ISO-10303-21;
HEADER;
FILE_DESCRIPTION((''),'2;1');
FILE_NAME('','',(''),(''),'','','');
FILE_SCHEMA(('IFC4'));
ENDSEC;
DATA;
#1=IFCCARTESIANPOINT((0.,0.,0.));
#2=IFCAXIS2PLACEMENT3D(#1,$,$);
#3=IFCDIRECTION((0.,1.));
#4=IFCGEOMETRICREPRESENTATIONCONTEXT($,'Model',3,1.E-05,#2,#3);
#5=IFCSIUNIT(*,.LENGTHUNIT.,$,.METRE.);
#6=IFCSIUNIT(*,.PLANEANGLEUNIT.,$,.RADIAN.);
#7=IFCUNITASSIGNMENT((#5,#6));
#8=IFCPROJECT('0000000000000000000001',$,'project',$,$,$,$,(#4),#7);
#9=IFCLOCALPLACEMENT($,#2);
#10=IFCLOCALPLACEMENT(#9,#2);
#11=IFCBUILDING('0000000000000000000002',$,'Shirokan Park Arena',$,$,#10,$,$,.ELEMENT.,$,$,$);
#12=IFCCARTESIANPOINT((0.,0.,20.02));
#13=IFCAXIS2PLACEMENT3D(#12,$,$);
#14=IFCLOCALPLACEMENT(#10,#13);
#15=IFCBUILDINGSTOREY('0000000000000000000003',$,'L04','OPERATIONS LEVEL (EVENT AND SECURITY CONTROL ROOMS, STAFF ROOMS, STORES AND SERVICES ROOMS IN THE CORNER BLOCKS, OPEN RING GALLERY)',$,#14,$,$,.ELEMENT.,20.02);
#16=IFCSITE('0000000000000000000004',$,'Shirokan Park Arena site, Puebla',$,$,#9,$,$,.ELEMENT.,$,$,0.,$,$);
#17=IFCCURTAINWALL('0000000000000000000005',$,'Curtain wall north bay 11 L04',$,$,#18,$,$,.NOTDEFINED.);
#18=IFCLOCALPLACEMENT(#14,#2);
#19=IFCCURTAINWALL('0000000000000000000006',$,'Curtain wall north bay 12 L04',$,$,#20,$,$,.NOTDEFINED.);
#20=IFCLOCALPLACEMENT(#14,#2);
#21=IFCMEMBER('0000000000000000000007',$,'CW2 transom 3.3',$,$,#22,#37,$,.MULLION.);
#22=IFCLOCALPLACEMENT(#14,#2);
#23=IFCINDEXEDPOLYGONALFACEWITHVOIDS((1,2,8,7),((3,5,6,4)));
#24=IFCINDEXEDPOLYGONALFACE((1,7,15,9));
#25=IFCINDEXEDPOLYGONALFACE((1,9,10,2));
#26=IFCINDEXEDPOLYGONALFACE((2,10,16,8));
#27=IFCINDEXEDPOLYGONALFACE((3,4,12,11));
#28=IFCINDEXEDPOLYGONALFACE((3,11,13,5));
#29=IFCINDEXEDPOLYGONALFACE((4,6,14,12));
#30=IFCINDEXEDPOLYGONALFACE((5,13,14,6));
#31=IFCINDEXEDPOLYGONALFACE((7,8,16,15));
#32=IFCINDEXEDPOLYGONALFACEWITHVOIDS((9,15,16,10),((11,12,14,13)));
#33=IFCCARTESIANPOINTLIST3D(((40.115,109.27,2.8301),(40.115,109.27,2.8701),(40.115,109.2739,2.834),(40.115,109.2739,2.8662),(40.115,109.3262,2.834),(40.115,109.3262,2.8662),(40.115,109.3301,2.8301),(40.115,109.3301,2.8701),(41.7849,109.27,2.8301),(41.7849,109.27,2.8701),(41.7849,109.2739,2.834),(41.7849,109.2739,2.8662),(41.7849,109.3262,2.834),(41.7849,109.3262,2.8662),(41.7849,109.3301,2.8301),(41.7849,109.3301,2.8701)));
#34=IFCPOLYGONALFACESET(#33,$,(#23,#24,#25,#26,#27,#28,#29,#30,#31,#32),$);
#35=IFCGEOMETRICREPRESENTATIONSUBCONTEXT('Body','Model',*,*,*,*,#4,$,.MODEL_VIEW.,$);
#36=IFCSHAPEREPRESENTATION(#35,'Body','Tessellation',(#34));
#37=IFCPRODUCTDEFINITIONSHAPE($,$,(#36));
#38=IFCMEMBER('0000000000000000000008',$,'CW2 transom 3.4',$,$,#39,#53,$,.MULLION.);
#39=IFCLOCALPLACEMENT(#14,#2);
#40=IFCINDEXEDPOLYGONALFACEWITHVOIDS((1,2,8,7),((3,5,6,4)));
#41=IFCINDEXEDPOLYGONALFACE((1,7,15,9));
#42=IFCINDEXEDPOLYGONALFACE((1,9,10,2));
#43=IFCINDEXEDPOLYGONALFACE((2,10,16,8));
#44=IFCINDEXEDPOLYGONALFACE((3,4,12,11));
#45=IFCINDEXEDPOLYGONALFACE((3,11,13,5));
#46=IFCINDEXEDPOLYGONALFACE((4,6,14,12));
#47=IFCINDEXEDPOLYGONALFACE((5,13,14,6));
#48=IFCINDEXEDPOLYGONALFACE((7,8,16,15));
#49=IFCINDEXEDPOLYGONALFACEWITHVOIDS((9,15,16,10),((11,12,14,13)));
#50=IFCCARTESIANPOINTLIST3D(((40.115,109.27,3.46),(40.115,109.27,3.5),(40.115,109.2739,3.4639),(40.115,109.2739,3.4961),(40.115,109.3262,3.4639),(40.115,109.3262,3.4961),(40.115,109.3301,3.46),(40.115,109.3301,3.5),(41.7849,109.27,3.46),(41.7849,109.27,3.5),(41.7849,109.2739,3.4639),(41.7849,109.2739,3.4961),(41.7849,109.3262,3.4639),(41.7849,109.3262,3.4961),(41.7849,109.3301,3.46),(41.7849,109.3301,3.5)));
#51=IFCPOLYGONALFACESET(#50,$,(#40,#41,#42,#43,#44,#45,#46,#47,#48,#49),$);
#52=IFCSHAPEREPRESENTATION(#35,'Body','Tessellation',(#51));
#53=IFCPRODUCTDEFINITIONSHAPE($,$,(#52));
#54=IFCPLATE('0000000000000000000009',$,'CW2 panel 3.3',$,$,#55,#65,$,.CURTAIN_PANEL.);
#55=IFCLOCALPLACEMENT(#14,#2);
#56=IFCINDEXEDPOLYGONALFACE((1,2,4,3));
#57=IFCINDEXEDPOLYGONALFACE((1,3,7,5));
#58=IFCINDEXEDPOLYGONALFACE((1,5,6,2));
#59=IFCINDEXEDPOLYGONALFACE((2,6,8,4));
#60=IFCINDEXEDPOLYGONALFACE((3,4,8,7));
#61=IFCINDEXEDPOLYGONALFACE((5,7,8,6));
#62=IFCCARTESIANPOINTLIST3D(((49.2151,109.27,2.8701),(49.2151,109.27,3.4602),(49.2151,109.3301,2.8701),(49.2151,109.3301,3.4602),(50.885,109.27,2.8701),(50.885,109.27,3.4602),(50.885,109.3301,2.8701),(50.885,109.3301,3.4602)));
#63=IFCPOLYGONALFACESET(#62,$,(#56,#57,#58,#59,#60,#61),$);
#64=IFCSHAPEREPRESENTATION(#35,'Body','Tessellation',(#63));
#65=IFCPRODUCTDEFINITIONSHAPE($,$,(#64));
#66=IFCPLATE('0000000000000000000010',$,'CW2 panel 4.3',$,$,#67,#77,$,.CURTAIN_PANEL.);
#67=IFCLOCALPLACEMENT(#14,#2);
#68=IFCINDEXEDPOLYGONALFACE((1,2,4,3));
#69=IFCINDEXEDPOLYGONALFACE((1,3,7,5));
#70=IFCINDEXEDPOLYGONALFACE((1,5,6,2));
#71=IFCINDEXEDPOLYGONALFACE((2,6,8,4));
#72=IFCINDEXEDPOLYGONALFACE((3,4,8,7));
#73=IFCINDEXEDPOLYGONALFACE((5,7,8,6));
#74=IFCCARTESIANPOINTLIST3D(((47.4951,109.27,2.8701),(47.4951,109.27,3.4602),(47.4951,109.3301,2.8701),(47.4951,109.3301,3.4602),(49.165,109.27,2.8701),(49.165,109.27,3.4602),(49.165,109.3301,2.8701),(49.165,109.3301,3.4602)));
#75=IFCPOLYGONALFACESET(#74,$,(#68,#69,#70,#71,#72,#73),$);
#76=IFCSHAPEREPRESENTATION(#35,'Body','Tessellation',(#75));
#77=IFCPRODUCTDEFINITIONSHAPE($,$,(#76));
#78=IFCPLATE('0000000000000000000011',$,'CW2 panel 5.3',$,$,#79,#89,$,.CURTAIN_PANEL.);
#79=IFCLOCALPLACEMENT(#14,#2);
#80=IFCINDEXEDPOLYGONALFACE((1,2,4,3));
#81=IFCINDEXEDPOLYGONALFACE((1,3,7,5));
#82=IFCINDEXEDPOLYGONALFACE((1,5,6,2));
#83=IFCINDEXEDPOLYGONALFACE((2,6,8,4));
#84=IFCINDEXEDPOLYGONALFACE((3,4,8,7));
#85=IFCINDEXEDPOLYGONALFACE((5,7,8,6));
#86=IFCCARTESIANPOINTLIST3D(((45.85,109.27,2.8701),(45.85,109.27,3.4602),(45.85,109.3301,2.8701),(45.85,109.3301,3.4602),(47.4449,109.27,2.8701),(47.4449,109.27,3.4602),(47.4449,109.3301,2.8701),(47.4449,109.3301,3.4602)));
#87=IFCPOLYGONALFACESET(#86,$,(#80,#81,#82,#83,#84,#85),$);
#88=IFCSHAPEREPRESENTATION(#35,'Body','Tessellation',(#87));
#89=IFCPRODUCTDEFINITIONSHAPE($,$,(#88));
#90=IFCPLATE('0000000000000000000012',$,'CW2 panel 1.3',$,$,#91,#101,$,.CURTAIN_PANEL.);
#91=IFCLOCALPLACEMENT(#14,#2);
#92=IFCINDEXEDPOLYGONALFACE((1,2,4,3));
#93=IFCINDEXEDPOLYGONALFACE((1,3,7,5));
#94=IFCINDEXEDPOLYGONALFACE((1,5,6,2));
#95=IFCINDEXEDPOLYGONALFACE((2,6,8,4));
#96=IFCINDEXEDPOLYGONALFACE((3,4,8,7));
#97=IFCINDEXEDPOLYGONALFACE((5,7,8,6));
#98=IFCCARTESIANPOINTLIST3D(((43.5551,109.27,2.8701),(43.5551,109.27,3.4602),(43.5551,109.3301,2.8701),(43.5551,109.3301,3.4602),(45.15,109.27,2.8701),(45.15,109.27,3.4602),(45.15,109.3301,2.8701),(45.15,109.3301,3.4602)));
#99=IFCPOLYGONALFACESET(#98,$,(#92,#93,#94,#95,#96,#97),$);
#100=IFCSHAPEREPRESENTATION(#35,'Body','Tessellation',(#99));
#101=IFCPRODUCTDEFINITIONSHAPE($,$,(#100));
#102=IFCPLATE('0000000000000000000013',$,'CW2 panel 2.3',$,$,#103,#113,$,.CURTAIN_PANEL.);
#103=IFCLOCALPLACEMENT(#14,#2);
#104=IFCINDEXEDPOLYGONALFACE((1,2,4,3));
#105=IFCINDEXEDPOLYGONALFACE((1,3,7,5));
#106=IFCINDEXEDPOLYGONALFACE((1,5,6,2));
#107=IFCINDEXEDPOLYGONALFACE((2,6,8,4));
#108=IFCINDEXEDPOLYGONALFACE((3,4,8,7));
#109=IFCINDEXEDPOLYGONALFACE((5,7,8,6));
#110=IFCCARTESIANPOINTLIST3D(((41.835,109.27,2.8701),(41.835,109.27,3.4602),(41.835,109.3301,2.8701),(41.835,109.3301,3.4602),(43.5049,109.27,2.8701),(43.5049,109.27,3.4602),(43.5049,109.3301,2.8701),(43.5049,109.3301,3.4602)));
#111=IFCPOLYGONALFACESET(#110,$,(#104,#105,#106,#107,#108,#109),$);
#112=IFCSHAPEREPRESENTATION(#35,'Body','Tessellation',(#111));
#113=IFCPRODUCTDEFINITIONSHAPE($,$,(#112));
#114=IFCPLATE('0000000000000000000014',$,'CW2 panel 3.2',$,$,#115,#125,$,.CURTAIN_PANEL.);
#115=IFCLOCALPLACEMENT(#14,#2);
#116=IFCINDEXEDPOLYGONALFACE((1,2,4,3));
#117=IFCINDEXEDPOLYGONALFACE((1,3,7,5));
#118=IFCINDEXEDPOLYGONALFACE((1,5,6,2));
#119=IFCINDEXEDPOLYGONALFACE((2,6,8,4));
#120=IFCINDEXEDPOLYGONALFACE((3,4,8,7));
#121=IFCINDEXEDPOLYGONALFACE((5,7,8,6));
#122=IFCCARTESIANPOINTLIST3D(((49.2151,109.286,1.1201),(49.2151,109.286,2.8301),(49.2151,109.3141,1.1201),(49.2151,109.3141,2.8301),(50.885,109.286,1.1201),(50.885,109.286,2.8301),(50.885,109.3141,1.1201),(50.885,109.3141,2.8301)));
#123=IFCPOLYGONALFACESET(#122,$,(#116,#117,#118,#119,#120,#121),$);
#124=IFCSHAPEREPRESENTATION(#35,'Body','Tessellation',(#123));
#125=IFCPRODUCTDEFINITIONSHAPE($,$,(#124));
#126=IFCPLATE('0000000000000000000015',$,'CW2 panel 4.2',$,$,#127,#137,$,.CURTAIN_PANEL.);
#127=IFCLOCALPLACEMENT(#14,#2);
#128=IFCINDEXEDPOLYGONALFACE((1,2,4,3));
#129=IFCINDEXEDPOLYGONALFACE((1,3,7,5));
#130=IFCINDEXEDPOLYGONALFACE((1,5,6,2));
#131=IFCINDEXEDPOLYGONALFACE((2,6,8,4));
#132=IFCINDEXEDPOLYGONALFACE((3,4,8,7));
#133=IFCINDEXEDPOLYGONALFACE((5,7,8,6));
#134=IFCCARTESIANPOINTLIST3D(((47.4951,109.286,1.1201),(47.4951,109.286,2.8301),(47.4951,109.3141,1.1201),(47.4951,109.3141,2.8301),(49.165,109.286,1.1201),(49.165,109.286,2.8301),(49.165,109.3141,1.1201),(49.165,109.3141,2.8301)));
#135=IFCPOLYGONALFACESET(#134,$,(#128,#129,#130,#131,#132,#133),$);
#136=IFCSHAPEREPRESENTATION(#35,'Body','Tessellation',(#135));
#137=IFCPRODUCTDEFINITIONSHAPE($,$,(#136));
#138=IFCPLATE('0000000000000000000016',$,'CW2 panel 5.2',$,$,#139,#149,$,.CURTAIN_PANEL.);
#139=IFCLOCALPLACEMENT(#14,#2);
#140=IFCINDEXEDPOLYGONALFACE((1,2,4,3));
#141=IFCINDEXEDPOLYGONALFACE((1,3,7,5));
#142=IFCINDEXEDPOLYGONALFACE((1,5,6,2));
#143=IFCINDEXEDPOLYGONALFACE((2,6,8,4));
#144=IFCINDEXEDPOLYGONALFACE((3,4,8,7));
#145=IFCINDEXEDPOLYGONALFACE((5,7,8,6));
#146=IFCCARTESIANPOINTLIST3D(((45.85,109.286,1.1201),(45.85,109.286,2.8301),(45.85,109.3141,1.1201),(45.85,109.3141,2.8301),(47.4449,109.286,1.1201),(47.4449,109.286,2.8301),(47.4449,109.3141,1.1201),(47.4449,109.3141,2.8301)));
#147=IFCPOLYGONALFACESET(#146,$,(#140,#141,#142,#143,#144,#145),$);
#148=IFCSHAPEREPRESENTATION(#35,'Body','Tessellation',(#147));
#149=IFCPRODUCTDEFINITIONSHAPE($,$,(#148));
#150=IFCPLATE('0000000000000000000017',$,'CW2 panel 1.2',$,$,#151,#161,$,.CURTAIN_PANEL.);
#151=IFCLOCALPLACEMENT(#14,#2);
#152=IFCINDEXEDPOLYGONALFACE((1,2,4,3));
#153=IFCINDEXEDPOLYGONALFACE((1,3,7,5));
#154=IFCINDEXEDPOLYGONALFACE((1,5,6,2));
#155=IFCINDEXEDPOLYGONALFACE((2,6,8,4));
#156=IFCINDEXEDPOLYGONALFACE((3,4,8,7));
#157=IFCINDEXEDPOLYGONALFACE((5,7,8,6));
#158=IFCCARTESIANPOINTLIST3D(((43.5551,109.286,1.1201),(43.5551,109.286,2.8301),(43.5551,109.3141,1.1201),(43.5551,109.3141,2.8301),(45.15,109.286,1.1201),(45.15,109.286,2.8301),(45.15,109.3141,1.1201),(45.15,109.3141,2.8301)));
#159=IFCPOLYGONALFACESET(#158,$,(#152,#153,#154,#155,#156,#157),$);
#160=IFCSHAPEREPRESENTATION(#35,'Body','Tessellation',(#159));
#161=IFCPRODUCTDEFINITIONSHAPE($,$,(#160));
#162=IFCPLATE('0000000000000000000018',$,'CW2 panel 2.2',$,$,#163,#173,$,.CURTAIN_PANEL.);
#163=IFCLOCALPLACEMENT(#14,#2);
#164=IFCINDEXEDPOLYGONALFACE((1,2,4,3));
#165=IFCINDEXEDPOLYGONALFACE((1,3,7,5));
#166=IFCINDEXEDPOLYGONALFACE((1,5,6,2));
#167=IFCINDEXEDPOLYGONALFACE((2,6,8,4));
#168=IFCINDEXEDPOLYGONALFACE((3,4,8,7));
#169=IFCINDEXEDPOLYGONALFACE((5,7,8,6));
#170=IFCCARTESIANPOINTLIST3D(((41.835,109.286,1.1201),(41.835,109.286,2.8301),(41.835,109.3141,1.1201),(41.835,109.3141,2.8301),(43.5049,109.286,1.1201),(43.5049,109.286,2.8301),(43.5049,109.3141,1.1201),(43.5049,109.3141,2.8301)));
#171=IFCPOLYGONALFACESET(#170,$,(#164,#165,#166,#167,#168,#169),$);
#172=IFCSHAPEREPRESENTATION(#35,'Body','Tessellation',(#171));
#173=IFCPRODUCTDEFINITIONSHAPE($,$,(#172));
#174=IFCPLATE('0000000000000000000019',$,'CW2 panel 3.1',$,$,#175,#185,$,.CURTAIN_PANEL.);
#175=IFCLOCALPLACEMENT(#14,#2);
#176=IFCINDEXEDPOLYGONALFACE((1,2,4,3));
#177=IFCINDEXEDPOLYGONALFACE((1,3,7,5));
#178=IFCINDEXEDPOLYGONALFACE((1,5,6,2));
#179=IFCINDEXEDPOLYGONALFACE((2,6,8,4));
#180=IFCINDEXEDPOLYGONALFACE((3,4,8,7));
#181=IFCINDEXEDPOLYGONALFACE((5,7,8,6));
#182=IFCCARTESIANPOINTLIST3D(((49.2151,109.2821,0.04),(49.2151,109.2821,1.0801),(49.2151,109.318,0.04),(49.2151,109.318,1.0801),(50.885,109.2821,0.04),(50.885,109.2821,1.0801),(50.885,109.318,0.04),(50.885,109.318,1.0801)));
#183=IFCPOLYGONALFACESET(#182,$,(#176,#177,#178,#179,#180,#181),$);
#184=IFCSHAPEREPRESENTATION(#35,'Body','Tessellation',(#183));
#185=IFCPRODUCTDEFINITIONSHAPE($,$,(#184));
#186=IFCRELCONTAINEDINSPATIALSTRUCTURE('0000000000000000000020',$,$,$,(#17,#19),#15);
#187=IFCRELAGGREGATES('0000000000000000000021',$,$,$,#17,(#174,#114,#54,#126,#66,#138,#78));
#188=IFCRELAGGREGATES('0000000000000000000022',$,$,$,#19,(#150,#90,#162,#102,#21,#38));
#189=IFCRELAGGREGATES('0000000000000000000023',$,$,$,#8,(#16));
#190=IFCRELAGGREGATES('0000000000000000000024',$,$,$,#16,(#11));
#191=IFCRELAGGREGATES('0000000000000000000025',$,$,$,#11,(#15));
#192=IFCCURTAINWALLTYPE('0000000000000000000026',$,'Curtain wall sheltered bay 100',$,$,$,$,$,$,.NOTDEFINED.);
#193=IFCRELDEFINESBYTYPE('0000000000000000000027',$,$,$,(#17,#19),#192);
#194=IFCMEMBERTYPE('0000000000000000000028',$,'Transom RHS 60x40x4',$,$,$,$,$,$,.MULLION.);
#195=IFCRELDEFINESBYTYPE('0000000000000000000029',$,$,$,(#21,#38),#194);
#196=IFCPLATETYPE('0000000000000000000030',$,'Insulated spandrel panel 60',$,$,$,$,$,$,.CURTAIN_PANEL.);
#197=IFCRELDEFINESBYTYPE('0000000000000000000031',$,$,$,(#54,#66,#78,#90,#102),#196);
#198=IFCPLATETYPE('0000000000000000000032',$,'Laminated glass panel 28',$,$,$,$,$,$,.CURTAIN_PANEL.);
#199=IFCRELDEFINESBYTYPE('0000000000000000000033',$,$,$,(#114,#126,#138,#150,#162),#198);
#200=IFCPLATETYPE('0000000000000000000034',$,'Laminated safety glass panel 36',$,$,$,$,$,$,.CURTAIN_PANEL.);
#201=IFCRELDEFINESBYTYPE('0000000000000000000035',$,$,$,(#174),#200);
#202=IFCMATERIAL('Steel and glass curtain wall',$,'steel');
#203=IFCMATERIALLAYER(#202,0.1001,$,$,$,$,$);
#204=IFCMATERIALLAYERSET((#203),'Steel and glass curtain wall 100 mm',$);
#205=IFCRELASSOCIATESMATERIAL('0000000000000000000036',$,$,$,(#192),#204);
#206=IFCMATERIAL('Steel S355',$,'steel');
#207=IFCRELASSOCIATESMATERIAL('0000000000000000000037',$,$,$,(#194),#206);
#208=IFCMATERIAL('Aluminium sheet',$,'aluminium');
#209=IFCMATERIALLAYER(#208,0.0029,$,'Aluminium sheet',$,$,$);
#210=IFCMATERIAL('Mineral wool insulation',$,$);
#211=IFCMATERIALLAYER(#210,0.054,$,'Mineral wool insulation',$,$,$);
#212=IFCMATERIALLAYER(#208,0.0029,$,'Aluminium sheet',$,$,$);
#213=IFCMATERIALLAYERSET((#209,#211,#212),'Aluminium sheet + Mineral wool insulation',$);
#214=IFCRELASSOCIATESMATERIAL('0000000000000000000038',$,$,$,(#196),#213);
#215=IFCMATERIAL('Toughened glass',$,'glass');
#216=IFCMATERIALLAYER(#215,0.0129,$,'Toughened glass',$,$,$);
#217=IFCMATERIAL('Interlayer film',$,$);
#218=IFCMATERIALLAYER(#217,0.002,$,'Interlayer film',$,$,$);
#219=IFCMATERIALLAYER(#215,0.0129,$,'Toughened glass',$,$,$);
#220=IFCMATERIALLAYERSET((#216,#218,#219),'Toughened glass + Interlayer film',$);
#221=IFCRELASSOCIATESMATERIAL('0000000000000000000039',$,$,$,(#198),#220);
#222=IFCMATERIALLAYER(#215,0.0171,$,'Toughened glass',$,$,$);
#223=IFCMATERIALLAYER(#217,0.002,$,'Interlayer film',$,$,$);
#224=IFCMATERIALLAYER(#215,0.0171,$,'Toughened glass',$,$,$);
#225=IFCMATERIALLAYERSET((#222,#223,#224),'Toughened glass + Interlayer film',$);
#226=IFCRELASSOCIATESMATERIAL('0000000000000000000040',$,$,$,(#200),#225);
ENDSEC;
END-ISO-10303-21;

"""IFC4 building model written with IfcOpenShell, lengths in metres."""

from ifc_helpers import new_model, si_unit, direction, frame, origin, origin_2d, place, context, subcontext, project, spatial, rectangle, hollow_rectangle, extrude, material, layer, layer_set, material_profile, profile_set, type_object, element, aggregate, save


model = new_model("IFC4")

# Units and contexts
model_context = context("Model", 3, precision=1e-05, world=origin(), true_north=direction((0.0, 1.0)))
body_context = subcontext(model_context, "Body", "Model", "MODEL_VIEW")
ifc_project = project(units=[si_unit("LENGTHUNIT", "METRE"), si_unit("PLANEANGLEUNIT", "RADIAN")], contexts=[model_context])

# Site, building, storey
site_placement = place(None, origin())
site = spatial("IfcSite", under=ifc_project, at=site_placement, Name="Shirokan Park Arena site, Puebla", CompositionType="ELEMENT", RefElevation=0.0)
building_placement = place(site_placement, origin())
building = spatial("IfcBuilding", under=site, at=building_placement, Name="Shirokan Park Arena", CompositionType="ELEMENT")
storey_placement = place(building_placement, frame((0.0, 0.0, 20.02)))
storey = spatial("IfcBuildingStorey", under=building, at=storey_placement, Name="L04", Description="OPERATIONS LEVEL (EVENT AND SECURITY CONTROL ROOMS, STAFF ROOMS, STORES AND SERVICES ROOMS IN THE CORNER BLOCKS, OPEN RING GALLERY)", CompositionType="ELEMENT", Elevation=20.02)

# Curtain walls
ifc_material_1 = material(Name="Steel and glass curtain wall", Category="steel")
ifc_layer_1 = layer(ifc_material_1, 0.1001)
ifc_layer_set_1 = layer_set([ifc_layer_1], Name="Steel and glass curtain wall 100 mm")
curtain_wall_type = type_object("IfcCurtainWallType", Name="Curtain wall sheltered bay 100", PredefinedType="NOTDEFINED", material=ifc_layer_set_1)
curtain_wall_1_placement = place(storey_placement, origin())
curtain_wall_1 = element("IfcCurtainWall", 1, at=curtain_wall_1_placement, inside=storey, type_object=curtain_wall_type, Name="Curtain wall north bay 11 L04", PredefinedType="NOTDEFINED")
ifc_material_2 = material(Name="Steel S355", Category="steel")
curtain_wall_2_placement = place(storey_placement, origin())
curtain_wall_2 = element("IfcCurtainWall", 2, at=curtain_wall_2_placement, inside=storey, type_object=curtain_wall_type, Name="Curtain wall north bay 12 L04", PredefinedType="NOTDEFINED")

# Members
ifc_material_profile_1 = material_profile(ifc_material_2, hollow_rectangle(XDim=0.0601, YDim=0.04, WallThickness=0.0039, at=origin_2d()), Name="RHS 60x40x4")
ifc_profile_set_1 = profile_set([ifc_material_profile_1], Name="Steel S355")
member_type_1 = type_object("IfcMemberType", Name="Transom RHS 60x40x4", PredefinedType="MULLION", material=ifc_profile_set_1)
member_1_placement = place(storey_placement, frame((41.7849, 109.3, 2.8501), z_axis=(-1.0, 0.0, 0.0), x_axis=(0.0, -1.0, 0.0)))
member_1 = element("IfcMember", 3, at=member_1_placement, type_object=member_type_1, Name="CW2 transom 3.3", PredefinedType="MULLION", context=body_context, shape_type="SweptSolid", body=[
    extrude(hollow_rectangle(XDim=0.0601, YDim=0.04, WallThickness=0.0039, at=origin_2d()), origin(), (0.0, 0.0, 1.0), 1.6699),
])
member_2_placement = place(storey_placement, frame((41.7849, 109.3, 3.48), z_axis=(-1.0, 0.0, 0.0), x_axis=(0.0, -1.0, 0.0)))
member_2 = element("IfcMember", 4, at=member_2_placement, type_object=member_type_1, Name="CW2 transom 3.4", PredefinedType="MULLION", context=body_context, shape_type="SweptSolid", body=[
    extrude(hollow_rectangle(XDim=0.0601, YDim=0.04, WallThickness=0.0039, at=origin_2d()), origin(), (0.0, 0.0, 1.0), 1.6699),
])

# Plates
ifc_material_3 = material(Name="Aluminium sheet", Category="aluminium")
ifc_layer_2 = layer(ifc_material_3, 0.0029, Name="Aluminium sheet")
ifc_material_4 = material(Name="Mineral wool insulation")
ifc_layer_3 = layer(ifc_material_4, 0.054, Name="Mineral wool insulation")
ifc_layer_4 = layer(ifc_material_3, 0.0029, Name="Aluminium sheet")
ifc_layer_set_2 = layer_set([ifc_layer_2, ifc_layer_3, ifc_layer_4], Name="Aluminium sheet + Mineral wool insulation")
plate_type_1 = type_object("IfcPlateType", Name="Insulated spandrel panel 60", PredefinedType="CURTAIN_PANEL", material=ifc_layer_set_2)
plate_1_placement = place(storey_placement, frame((50.05, 109.3, 2.8701), z_axis=(0.0, 0.0, 1.0), x_axis=(-1.0, 0.0, 0.0)))
plate_1 = element("IfcPlate", 5, at=plate_1_placement, type_object=plate_type_1, Name="CW2 panel 3.3", PredefinedType="CURTAIN_PANEL", context=body_context, shape_type="SweptSolid", body=[
    extrude(rectangle(XDim=1.6699, YDim=0.0601, at=origin_2d()), origin(), (0.0, 0.0, 1.0), 0.5901),
])
plate_2_placement = place(storey_placement, frame((48.3301, 109.3, 2.8701), z_axis=(0.0, 0.0, 1.0), x_axis=(-1.0, 0.0, 0.0)))
plate_2 = element("IfcPlate", 6, at=plate_2_placement, type_object=plate_type_1, Name="CW2 panel 4.3", PredefinedType="CURTAIN_PANEL", context=body_context, shape_type="SweptSolid", body=[
    extrude(rectangle(XDim=1.6699, YDim=0.0601, at=origin_2d()), origin(), (0.0, 0.0, 1.0), 0.5901),
])
plate_3_placement = place(storey_placement, frame((46.6475, 109.3, 2.8701), z_axis=(0.0, 0.0, 1.0), x_axis=(-1.0, 0.0, 0.0)))
plate_3 = element("IfcPlate", 7, at=plate_3_placement, type_object=plate_type_1, Name="CW2 panel 5.3", PredefinedType="CURTAIN_PANEL", context=body_context, shape_type="SweptSolid", body=[
    extrude(rectangle(XDim=1.595, YDim=0.0601, at=origin_2d()), origin(), (0.0, 0.0, 1.0), 0.5901),
])
plate_4_placement = place(storey_placement, frame((44.3525, 109.3, 2.8701), z_axis=(0.0, 0.0, 1.0), x_axis=(-1.0, 0.0, 0.0)))
plate_4 = element("IfcPlate", 8, at=plate_4_placement, type_object=plate_type_1, Name="CW2 panel 1.3", PredefinedType="CURTAIN_PANEL", context=body_context, shape_type="SweptSolid", body=[
    extrude(rectangle(XDim=1.595, YDim=0.0601, at=origin_2d()), origin(), (0.0, 0.0, 1.0), 0.5901),
])
plate_5_placement = place(storey_placement, frame((42.6699, 109.3, 2.8701), z_axis=(0.0, 0.0, 1.0), x_axis=(-1.0, 0.0, 0.0)))
plate_5 = element("IfcPlate", 9, at=plate_5_placement, type_object=plate_type_1, Name="CW2 panel 2.3", PredefinedType="CURTAIN_PANEL", context=body_context, shape_type="SweptSolid", body=[
    extrude(rectangle(XDim=1.6699, YDim=0.0601, at=origin_2d()), origin(), (0.0, 0.0, 1.0), 0.5901),
])
ifc_material_5 = material(Name="Toughened glass", Category="glass")
ifc_layer_5 = layer(ifc_material_5, 0.0129, Name="Toughened glass")
ifc_material_6 = material(Name="Interlayer film")
ifc_layer_6 = layer(ifc_material_6, 0.002, Name="Interlayer film")
ifc_layer_7 = layer(ifc_material_5, 0.0129, Name="Toughened glass")
ifc_layer_set_3 = layer_set([ifc_layer_5, ifc_layer_6, ifc_layer_7], Name="Toughened glass + Interlayer film")
plate_type_2 = type_object("IfcPlateType", Name="Laminated glass panel 28", PredefinedType="CURTAIN_PANEL", material=ifc_layer_set_3)
plate_6_placement = place(storey_placement, frame((50.05, 109.3, 1.1201), z_axis=(0.0, 0.0, 1.0), x_axis=(-1.0, 0.0, 0.0)))
plate_6 = element("IfcPlate", 10, at=plate_6_placement, type_object=plate_type_2, Name="CW2 panel 3.2", PredefinedType="CURTAIN_PANEL", context=body_context, shape_type="SweptSolid", body=[
    extrude(rectangle(XDim=1.6699, YDim=0.0281, at=origin_2d()), origin(), (0.0, 0.0, 1.0), 1.71),
])
plate_7_placement = place(storey_placement, frame((48.3301, 109.3, 1.1201), z_axis=(0.0, 0.0, 1.0), x_axis=(-1.0, 0.0, 0.0)))
plate_7 = element("IfcPlate", 11, at=plate_7_placement, type_object=plate_type_2, Name="CW2 panel 4.2", PredefinedType="CURTAIN_PANEL", context=body_context, shape_type="SweptSolid", body=[
    extrude(rectangle(XDim=1.6699, YDim=0.0281, at=origin_2d()), origin(), (0.0, 0.0, 1.0), 1.71),
])
plate_8_placement = place(storey_placement, frame((46.6475, 109.3, 1.1201), z_axis=(0.0, 0.0, 1.0), x_axis=(-1.0, 0.0, 0.0)))
plate_8 = element("IfcPlate", 12, at=plate_8_placement, type_object=plate_type_2, Name="CW2 panel 5.2", PredefinedType="CURTAIN_PANEL", context=body_context, shape_type="SweptSolid", body=[
    extrude(rectangle(XDim=1.595, YDim=0.0281, at=origin_2d()), origin(), (0.0, 0.0, 1.0), 1.71),
])
plate_9_placement = place(storey_placement, frame((44.3525, 109.3, 1.1201), z_axis=(0.0, 0.0, 1.0), x_axis=(-1.0, 0.0, 0.0)))
plate_9 = element("IfcPlate", 13, at=plate_9_placement, type_object=plate_type_2, Name="CW2 panel 1.2", PredefinedType="CURTAIN_PANEL", context=body_context, shape_type="SweptSolid", body=[
    extrude(rectangle(XDim=1.595, YDim=0.0281, at=origin_2d()), origin(), (0.0, 0.0, 1.0), 1.71),
])
plate_10_placement = place(storey_placement, frame((42.6699, 109.3, 1.1201), z_axis=(0.0, 0.0, 1.0), x_axis=(-1.0, 0.0, 0.0)))
plate_10 = element("IfcPlate", 14, at=plate_10_placement, type_object=plate_type_2, Name="CW2 panel 2.2", PredefinedType="CURTAIN_PANEL", context=body_context, shape_type="SweptSolid", body=[
    extrude(rectangle(XDim=1.6699, YDim=0.0281, at=origin_2d()), origin(), (0.0, 0.0, 1.0), 1.71),
])
ifc_layer_8 = layer(ifc_material_5, 0.0171, Name="Toughened glass")
ifc_layer_9 = layer(ifc_material_6, 0.002, Name="Interlayer film")
ifc_layer_10 = layer(ifc_material_5, 0.0171, Name="Toughened glass")
ifc_layer_set_4 = layer_set([ifc_layer_8, ifc_layer_9, ifc_layer_10], Name="Toughened glass + Interlayer film")
plate_type_3 = type_object("IfcPlateType", Name="Laminated safety glass panel 36", PredefinedType="CURTAIN_PANEL", material=ifc_layer_set_4)
plate_11_placement = place(storey_placement, frame((50.05, 109.3, 0.04), z_axis=(0.0, 0.0, 1.0), x_axis=(-1.0, 0.0, 0.0)))
plate_11 = element("IfcPlate", 15, at=plate_11_placement, type_object=plate_type_3, Name="CW2 panel 3.1", PredefinedType="CURTAIN_PANEL", context=body_context, shape_type="SweptSolid", body=[
    extrude(rectangle(XDim=1.6699, YDim=0.0359, at=origin_2d()), origin(), (0.0, 0.0, 1.0), 1.04),
])
aggregate(curtain_wall_1, [plate_11, plate_6, plate_1, plate_7, plate_2, plate_8, plate_3])
aggregate(curtain_wall_2, [plate_9, plate_4, plate_10, plate_5, member_1, member_2])

save(model, "model.ifc")
